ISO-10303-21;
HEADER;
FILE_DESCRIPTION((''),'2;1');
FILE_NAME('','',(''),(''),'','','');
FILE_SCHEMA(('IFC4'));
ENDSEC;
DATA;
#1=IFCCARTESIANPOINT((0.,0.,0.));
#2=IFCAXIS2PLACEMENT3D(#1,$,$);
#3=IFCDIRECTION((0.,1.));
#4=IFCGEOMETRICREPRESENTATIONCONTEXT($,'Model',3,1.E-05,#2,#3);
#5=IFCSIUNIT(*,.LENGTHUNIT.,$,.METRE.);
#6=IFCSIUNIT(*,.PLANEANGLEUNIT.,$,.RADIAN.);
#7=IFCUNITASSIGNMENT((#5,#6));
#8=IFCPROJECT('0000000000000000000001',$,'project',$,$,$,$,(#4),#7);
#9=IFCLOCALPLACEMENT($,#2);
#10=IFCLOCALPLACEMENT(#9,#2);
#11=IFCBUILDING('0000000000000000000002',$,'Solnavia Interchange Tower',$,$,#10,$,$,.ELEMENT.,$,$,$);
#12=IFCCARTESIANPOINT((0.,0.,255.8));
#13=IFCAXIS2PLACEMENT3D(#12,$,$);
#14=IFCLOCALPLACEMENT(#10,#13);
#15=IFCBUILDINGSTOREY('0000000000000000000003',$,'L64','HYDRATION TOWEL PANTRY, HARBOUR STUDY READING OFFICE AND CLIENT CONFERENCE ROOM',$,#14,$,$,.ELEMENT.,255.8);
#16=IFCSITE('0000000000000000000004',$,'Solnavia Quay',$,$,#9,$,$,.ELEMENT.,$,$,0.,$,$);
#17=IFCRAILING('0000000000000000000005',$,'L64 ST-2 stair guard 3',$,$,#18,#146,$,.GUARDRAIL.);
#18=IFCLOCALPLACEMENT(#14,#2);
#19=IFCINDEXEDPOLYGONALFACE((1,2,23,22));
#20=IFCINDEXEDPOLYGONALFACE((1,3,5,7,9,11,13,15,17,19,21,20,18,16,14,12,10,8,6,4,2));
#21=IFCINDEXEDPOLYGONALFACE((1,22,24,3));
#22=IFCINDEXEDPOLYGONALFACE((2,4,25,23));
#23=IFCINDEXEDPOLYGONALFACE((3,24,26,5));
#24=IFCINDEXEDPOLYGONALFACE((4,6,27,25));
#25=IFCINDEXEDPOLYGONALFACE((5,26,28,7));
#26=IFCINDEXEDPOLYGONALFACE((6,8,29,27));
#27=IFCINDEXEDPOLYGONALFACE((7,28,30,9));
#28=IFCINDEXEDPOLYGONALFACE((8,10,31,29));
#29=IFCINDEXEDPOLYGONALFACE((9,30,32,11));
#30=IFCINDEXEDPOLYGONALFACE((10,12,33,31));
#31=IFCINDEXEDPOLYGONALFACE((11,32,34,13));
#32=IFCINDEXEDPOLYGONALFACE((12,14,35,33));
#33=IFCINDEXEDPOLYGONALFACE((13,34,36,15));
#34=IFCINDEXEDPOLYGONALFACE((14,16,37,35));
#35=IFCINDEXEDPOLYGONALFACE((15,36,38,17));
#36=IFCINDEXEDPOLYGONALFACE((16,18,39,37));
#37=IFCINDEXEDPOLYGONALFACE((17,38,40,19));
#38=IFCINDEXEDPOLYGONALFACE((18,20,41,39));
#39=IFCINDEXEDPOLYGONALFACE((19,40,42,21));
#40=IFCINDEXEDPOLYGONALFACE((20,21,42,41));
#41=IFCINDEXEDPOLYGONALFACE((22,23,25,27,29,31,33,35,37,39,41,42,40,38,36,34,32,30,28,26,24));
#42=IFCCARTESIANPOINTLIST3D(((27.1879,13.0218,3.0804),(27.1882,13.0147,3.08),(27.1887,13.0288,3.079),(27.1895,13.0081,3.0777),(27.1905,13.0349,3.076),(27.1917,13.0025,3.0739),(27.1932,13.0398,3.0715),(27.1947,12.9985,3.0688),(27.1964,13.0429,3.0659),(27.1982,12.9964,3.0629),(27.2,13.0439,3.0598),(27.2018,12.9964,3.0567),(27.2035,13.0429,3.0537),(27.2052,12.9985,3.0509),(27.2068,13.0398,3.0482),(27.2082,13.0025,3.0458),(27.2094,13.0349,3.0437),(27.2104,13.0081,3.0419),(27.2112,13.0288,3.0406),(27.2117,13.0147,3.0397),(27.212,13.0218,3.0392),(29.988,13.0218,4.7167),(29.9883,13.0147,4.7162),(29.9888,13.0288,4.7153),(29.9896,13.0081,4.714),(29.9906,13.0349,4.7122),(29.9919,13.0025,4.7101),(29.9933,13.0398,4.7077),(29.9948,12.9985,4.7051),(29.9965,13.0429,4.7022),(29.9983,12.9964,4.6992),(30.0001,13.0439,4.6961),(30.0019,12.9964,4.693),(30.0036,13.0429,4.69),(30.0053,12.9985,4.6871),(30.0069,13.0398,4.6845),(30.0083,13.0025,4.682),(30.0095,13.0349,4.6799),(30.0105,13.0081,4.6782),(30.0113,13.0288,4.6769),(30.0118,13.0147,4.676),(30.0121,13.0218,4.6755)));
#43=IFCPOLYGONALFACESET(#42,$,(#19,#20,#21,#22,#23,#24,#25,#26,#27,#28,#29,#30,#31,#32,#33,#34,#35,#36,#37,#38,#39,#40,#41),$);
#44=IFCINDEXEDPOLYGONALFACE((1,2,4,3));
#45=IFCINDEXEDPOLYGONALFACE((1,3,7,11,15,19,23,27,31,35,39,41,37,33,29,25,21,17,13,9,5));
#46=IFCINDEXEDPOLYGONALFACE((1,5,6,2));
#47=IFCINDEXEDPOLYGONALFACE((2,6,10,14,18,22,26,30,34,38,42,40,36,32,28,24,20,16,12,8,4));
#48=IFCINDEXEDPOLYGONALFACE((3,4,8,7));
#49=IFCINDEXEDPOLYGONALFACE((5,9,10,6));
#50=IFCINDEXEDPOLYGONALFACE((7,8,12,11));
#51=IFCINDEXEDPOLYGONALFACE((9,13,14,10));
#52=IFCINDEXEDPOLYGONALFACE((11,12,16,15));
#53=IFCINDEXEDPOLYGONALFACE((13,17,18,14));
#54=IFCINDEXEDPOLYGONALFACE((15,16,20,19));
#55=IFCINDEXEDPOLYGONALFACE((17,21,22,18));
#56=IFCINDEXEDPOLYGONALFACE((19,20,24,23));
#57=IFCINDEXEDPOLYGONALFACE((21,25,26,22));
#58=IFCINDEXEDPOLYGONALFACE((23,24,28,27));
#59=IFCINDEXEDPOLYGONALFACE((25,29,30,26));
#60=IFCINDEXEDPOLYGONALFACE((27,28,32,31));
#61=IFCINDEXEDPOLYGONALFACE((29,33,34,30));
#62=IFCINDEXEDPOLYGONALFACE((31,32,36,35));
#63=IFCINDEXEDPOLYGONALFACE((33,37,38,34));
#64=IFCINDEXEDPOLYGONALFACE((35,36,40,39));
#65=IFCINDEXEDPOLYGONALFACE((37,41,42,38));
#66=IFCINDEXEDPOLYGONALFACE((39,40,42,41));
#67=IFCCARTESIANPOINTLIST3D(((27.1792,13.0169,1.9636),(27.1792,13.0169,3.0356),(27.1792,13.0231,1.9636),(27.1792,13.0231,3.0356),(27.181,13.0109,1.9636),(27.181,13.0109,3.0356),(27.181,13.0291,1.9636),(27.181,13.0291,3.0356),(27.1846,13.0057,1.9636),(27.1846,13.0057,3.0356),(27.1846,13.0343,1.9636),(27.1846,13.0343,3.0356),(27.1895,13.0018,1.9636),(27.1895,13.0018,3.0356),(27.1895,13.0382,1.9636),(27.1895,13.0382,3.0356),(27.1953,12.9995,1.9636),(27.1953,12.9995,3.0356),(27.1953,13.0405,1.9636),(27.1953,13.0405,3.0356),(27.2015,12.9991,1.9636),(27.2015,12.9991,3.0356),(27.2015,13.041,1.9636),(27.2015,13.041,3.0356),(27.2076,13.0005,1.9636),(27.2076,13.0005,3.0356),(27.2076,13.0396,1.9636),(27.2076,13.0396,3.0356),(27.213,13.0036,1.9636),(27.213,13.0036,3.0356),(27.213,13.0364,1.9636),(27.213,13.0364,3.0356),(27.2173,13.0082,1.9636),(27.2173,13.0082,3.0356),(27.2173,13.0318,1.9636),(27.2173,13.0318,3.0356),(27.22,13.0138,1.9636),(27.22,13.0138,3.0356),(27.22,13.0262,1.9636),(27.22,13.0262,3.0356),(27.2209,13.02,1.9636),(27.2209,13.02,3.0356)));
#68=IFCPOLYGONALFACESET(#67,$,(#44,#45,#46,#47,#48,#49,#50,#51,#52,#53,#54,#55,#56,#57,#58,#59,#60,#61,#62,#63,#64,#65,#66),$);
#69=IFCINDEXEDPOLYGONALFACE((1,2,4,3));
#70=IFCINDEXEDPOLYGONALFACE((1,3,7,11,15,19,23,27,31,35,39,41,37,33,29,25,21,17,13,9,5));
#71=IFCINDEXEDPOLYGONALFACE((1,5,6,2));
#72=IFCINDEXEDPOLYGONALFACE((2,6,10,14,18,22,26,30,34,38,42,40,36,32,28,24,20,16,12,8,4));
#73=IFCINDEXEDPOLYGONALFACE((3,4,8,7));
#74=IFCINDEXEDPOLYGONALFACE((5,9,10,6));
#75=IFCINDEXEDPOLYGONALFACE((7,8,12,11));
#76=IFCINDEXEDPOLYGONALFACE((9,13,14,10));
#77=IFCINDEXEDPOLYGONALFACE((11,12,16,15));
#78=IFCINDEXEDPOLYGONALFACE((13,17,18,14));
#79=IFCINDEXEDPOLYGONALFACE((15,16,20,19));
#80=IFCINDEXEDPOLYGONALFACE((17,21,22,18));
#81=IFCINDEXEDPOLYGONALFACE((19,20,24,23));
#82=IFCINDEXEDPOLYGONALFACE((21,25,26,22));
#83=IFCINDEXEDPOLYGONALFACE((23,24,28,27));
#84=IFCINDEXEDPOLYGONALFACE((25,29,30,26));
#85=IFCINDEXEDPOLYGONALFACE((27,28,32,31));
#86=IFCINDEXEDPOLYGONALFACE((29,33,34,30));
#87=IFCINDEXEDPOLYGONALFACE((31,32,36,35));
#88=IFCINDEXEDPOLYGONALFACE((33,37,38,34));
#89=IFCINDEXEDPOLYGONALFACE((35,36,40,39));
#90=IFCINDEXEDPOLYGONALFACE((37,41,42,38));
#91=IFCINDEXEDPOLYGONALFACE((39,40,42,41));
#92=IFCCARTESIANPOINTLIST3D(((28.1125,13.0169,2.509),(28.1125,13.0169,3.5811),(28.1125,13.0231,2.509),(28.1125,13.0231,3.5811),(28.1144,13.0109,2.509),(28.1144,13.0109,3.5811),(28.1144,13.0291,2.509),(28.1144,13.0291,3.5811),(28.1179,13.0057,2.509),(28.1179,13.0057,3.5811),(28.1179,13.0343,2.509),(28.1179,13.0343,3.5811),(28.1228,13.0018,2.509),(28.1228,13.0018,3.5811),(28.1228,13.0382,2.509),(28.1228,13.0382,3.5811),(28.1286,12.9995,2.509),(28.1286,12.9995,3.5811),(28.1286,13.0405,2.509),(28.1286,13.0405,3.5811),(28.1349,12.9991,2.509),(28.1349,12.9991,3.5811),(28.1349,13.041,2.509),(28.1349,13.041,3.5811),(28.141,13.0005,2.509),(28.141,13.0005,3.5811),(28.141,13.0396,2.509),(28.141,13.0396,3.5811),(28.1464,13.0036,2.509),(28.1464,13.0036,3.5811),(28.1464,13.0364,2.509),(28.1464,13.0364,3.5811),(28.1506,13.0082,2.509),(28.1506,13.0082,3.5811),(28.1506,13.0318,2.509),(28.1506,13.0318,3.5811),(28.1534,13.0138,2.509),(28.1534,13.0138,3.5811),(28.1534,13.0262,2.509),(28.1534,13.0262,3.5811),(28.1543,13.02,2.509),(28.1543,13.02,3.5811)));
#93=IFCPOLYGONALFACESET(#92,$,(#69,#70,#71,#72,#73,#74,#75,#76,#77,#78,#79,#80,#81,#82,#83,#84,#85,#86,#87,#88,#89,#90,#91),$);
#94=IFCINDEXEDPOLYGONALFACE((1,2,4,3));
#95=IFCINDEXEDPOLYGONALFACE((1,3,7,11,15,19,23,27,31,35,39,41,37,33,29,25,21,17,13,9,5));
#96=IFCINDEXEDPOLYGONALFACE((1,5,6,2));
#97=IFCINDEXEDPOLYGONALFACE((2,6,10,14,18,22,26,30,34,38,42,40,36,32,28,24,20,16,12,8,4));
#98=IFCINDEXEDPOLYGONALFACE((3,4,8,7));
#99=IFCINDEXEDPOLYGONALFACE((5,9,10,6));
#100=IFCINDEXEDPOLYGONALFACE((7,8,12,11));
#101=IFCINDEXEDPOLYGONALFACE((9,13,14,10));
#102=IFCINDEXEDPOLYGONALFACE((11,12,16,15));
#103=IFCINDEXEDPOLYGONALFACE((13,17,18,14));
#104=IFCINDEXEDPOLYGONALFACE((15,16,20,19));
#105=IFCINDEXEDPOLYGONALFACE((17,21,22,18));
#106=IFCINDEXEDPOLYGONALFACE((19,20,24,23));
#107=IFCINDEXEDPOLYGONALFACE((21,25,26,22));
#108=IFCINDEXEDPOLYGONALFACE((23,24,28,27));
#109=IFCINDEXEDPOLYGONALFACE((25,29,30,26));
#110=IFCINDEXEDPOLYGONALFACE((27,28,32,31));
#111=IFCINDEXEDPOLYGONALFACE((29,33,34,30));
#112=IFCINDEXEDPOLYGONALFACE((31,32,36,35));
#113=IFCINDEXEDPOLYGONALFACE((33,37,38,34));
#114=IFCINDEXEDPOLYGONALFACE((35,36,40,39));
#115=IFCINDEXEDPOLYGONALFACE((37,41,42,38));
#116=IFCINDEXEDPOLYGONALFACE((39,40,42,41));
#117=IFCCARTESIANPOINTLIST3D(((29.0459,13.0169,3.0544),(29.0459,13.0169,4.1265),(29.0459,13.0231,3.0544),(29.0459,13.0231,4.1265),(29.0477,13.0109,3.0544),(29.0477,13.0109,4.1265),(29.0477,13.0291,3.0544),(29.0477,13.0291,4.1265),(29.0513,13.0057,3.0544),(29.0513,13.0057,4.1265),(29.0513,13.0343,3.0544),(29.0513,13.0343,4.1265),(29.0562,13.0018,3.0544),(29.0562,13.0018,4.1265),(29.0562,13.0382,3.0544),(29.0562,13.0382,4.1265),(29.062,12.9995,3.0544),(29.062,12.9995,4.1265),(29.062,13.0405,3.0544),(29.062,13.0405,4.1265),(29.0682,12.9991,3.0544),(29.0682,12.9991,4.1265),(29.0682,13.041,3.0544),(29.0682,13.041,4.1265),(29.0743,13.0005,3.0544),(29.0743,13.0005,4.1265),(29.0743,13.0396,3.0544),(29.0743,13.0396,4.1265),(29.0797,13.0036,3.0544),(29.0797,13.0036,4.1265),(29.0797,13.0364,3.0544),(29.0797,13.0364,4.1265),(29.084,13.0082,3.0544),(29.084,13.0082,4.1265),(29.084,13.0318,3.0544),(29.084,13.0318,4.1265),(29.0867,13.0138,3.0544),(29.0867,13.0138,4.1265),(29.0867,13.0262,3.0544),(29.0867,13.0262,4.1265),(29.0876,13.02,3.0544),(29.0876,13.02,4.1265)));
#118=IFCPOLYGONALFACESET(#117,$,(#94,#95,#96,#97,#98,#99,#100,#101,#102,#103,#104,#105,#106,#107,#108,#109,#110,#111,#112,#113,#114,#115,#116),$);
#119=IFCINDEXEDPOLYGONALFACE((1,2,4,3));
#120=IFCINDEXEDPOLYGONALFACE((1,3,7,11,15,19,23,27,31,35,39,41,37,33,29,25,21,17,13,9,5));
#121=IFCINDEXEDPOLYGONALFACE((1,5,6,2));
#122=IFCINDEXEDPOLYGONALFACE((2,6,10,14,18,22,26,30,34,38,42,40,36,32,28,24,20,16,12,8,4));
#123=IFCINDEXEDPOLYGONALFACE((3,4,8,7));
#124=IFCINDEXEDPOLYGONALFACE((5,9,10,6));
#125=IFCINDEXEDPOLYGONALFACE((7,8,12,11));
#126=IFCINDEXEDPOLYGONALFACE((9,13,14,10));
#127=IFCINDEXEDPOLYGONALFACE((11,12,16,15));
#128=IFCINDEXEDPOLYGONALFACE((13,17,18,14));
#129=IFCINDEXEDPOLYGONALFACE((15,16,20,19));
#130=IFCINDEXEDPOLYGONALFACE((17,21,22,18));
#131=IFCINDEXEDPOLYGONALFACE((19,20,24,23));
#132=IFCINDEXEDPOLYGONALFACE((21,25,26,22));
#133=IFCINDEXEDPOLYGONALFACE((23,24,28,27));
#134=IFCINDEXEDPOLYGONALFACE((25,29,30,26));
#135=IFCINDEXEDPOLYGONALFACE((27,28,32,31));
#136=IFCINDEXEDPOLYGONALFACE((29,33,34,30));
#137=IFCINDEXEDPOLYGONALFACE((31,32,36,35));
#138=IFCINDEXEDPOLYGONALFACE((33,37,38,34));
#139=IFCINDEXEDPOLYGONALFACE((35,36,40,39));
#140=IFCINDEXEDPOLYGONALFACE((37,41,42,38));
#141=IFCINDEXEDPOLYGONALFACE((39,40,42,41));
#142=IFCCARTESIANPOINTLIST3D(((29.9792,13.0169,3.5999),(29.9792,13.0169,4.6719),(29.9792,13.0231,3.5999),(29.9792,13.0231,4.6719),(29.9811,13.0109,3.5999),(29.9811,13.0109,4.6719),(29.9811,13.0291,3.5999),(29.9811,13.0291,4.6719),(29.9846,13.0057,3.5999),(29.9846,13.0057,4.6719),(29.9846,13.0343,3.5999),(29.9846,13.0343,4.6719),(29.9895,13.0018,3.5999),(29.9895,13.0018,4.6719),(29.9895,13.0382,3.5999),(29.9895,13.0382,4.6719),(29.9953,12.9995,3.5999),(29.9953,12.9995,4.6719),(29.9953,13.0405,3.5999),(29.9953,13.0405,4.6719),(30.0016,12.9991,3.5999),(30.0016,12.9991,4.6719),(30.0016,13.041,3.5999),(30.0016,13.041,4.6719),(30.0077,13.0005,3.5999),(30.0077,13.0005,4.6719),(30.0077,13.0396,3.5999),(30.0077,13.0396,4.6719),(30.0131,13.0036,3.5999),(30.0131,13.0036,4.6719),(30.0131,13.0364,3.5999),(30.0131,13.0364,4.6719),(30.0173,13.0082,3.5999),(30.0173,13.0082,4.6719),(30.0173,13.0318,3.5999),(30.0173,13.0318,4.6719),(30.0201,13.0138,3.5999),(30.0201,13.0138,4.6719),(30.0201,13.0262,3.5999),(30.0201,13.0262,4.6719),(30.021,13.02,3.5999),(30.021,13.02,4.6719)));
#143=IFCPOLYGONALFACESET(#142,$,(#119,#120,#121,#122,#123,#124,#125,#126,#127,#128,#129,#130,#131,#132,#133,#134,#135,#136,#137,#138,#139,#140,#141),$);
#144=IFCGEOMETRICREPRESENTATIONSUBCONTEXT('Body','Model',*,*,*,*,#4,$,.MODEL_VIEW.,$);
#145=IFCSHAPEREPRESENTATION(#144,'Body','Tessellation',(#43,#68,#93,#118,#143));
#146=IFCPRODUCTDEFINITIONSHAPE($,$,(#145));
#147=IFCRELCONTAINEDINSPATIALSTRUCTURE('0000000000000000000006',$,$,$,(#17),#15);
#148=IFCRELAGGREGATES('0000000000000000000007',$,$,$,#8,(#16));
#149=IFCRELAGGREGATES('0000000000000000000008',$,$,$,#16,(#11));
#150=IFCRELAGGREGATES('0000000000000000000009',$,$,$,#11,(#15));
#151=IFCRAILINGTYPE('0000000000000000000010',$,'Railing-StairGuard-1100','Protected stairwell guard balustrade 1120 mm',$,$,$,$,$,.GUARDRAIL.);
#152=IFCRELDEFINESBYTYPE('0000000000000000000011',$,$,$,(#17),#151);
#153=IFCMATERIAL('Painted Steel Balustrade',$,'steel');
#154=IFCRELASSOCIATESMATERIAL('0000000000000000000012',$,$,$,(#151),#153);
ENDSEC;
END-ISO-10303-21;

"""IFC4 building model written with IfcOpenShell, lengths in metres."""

from ifc_helpers import new_model, si_unit, direction, frame, origin, origin_2d, place, context, subcontext, project, spatial, circle, extrude, material, type_object, element, save


model = new_model("IFC4")

# Units and contexts
model_context = context("Model", 3, precision=1e-05, world=origin(), true_north=direction((0.0, 1.0)))
body_context = subcontext(model_context, "Body", "Model", "MODEL_VIEW")
ifc_project = project(units=[si_unit("LENGTHUNIT", "METRE"), si_unit("PLANEANGLEUNIT", "RADIAN")], contexts=[model_context])

# Site, building, storey
site_placement = place(None, origin())
site = spatial("IfcSite", under=ifc_project, at=site_placement, Name="Solnavia Quay", CompositionType="ELEMENT", RefElevation=0.0)
building_placement = place(site_placement, origin())
building = spatial("IfcBuilding", under=site, at=building_placement, Name="Solnavia Interchange Tower", CompositionType="ELEMENT")
storey_placement = place(building_placement, frame((0.0, 0.0, 255.8)))
storey = spatial("IfcBuildingStorey", under=building, at=storey_placement, Name="L64", Description="HYDRATION TOWEL PANTRY, HARBOUR STUDY READING OFFICE AND CLIENT CONFERENCE ROOM", CompositionType="ELEMENT", Elevation=255.8)

# Railing
ifc_material_1 = material(Name="Painted Steel Balustrade", Category="steel")
railing_type_1 = type_object("IfcRailingType", Name="Railing-StairGuard-1100", Description="Protected stairwell guard balustrade 1120 mm", PredefinedType="GUARDRAIL", material=ifc_material_1)
railing_1_placement = place(storey_placement, frame((27.2, 13.02, 1.9636)))
element("IfcRailing", 1, at=railing_1_placement, inside=storey, type_object=railing_type_1, Name="L64 ST-2 stair guard 3", PredefinedType="GUARDRAIL", context=body_context, shape_type="SweptSolid", body=[
    extrude(circle(Radius=0.0239, at=origin_2d()), frame((0.0, 0.0, 1.0962), z_axis=(0.863394, 0.0, 0.504531), x_axis=(0.0, 1.0, 0.0)), (0.0, 0.0, 1.0), 3.2432),
    extrude(circle(Radius=0.021, at=origin_2d()), origin(), (0.0, 0.0, 1.0), 1.072),
    extrude(circle(Radius=0.021, at=origin_2d()), frame((0.9333, 0.0, 0.5454)), (0.0, 0.0, 1.0), 1.072),
    extrude(circle(Radius=0.021, at=origin_2d()), frame((1.8667, 0.0, 1.0908)), (0.0, 0.0, 1.0), 1.072),
    extrude(circle(Radius=0.021, at=origin_2d()), frame((2.8, 0.0, 1.6362)), (0.0, 0.0, 1.0), 1.072),
])

save(model, "model.ifc")
